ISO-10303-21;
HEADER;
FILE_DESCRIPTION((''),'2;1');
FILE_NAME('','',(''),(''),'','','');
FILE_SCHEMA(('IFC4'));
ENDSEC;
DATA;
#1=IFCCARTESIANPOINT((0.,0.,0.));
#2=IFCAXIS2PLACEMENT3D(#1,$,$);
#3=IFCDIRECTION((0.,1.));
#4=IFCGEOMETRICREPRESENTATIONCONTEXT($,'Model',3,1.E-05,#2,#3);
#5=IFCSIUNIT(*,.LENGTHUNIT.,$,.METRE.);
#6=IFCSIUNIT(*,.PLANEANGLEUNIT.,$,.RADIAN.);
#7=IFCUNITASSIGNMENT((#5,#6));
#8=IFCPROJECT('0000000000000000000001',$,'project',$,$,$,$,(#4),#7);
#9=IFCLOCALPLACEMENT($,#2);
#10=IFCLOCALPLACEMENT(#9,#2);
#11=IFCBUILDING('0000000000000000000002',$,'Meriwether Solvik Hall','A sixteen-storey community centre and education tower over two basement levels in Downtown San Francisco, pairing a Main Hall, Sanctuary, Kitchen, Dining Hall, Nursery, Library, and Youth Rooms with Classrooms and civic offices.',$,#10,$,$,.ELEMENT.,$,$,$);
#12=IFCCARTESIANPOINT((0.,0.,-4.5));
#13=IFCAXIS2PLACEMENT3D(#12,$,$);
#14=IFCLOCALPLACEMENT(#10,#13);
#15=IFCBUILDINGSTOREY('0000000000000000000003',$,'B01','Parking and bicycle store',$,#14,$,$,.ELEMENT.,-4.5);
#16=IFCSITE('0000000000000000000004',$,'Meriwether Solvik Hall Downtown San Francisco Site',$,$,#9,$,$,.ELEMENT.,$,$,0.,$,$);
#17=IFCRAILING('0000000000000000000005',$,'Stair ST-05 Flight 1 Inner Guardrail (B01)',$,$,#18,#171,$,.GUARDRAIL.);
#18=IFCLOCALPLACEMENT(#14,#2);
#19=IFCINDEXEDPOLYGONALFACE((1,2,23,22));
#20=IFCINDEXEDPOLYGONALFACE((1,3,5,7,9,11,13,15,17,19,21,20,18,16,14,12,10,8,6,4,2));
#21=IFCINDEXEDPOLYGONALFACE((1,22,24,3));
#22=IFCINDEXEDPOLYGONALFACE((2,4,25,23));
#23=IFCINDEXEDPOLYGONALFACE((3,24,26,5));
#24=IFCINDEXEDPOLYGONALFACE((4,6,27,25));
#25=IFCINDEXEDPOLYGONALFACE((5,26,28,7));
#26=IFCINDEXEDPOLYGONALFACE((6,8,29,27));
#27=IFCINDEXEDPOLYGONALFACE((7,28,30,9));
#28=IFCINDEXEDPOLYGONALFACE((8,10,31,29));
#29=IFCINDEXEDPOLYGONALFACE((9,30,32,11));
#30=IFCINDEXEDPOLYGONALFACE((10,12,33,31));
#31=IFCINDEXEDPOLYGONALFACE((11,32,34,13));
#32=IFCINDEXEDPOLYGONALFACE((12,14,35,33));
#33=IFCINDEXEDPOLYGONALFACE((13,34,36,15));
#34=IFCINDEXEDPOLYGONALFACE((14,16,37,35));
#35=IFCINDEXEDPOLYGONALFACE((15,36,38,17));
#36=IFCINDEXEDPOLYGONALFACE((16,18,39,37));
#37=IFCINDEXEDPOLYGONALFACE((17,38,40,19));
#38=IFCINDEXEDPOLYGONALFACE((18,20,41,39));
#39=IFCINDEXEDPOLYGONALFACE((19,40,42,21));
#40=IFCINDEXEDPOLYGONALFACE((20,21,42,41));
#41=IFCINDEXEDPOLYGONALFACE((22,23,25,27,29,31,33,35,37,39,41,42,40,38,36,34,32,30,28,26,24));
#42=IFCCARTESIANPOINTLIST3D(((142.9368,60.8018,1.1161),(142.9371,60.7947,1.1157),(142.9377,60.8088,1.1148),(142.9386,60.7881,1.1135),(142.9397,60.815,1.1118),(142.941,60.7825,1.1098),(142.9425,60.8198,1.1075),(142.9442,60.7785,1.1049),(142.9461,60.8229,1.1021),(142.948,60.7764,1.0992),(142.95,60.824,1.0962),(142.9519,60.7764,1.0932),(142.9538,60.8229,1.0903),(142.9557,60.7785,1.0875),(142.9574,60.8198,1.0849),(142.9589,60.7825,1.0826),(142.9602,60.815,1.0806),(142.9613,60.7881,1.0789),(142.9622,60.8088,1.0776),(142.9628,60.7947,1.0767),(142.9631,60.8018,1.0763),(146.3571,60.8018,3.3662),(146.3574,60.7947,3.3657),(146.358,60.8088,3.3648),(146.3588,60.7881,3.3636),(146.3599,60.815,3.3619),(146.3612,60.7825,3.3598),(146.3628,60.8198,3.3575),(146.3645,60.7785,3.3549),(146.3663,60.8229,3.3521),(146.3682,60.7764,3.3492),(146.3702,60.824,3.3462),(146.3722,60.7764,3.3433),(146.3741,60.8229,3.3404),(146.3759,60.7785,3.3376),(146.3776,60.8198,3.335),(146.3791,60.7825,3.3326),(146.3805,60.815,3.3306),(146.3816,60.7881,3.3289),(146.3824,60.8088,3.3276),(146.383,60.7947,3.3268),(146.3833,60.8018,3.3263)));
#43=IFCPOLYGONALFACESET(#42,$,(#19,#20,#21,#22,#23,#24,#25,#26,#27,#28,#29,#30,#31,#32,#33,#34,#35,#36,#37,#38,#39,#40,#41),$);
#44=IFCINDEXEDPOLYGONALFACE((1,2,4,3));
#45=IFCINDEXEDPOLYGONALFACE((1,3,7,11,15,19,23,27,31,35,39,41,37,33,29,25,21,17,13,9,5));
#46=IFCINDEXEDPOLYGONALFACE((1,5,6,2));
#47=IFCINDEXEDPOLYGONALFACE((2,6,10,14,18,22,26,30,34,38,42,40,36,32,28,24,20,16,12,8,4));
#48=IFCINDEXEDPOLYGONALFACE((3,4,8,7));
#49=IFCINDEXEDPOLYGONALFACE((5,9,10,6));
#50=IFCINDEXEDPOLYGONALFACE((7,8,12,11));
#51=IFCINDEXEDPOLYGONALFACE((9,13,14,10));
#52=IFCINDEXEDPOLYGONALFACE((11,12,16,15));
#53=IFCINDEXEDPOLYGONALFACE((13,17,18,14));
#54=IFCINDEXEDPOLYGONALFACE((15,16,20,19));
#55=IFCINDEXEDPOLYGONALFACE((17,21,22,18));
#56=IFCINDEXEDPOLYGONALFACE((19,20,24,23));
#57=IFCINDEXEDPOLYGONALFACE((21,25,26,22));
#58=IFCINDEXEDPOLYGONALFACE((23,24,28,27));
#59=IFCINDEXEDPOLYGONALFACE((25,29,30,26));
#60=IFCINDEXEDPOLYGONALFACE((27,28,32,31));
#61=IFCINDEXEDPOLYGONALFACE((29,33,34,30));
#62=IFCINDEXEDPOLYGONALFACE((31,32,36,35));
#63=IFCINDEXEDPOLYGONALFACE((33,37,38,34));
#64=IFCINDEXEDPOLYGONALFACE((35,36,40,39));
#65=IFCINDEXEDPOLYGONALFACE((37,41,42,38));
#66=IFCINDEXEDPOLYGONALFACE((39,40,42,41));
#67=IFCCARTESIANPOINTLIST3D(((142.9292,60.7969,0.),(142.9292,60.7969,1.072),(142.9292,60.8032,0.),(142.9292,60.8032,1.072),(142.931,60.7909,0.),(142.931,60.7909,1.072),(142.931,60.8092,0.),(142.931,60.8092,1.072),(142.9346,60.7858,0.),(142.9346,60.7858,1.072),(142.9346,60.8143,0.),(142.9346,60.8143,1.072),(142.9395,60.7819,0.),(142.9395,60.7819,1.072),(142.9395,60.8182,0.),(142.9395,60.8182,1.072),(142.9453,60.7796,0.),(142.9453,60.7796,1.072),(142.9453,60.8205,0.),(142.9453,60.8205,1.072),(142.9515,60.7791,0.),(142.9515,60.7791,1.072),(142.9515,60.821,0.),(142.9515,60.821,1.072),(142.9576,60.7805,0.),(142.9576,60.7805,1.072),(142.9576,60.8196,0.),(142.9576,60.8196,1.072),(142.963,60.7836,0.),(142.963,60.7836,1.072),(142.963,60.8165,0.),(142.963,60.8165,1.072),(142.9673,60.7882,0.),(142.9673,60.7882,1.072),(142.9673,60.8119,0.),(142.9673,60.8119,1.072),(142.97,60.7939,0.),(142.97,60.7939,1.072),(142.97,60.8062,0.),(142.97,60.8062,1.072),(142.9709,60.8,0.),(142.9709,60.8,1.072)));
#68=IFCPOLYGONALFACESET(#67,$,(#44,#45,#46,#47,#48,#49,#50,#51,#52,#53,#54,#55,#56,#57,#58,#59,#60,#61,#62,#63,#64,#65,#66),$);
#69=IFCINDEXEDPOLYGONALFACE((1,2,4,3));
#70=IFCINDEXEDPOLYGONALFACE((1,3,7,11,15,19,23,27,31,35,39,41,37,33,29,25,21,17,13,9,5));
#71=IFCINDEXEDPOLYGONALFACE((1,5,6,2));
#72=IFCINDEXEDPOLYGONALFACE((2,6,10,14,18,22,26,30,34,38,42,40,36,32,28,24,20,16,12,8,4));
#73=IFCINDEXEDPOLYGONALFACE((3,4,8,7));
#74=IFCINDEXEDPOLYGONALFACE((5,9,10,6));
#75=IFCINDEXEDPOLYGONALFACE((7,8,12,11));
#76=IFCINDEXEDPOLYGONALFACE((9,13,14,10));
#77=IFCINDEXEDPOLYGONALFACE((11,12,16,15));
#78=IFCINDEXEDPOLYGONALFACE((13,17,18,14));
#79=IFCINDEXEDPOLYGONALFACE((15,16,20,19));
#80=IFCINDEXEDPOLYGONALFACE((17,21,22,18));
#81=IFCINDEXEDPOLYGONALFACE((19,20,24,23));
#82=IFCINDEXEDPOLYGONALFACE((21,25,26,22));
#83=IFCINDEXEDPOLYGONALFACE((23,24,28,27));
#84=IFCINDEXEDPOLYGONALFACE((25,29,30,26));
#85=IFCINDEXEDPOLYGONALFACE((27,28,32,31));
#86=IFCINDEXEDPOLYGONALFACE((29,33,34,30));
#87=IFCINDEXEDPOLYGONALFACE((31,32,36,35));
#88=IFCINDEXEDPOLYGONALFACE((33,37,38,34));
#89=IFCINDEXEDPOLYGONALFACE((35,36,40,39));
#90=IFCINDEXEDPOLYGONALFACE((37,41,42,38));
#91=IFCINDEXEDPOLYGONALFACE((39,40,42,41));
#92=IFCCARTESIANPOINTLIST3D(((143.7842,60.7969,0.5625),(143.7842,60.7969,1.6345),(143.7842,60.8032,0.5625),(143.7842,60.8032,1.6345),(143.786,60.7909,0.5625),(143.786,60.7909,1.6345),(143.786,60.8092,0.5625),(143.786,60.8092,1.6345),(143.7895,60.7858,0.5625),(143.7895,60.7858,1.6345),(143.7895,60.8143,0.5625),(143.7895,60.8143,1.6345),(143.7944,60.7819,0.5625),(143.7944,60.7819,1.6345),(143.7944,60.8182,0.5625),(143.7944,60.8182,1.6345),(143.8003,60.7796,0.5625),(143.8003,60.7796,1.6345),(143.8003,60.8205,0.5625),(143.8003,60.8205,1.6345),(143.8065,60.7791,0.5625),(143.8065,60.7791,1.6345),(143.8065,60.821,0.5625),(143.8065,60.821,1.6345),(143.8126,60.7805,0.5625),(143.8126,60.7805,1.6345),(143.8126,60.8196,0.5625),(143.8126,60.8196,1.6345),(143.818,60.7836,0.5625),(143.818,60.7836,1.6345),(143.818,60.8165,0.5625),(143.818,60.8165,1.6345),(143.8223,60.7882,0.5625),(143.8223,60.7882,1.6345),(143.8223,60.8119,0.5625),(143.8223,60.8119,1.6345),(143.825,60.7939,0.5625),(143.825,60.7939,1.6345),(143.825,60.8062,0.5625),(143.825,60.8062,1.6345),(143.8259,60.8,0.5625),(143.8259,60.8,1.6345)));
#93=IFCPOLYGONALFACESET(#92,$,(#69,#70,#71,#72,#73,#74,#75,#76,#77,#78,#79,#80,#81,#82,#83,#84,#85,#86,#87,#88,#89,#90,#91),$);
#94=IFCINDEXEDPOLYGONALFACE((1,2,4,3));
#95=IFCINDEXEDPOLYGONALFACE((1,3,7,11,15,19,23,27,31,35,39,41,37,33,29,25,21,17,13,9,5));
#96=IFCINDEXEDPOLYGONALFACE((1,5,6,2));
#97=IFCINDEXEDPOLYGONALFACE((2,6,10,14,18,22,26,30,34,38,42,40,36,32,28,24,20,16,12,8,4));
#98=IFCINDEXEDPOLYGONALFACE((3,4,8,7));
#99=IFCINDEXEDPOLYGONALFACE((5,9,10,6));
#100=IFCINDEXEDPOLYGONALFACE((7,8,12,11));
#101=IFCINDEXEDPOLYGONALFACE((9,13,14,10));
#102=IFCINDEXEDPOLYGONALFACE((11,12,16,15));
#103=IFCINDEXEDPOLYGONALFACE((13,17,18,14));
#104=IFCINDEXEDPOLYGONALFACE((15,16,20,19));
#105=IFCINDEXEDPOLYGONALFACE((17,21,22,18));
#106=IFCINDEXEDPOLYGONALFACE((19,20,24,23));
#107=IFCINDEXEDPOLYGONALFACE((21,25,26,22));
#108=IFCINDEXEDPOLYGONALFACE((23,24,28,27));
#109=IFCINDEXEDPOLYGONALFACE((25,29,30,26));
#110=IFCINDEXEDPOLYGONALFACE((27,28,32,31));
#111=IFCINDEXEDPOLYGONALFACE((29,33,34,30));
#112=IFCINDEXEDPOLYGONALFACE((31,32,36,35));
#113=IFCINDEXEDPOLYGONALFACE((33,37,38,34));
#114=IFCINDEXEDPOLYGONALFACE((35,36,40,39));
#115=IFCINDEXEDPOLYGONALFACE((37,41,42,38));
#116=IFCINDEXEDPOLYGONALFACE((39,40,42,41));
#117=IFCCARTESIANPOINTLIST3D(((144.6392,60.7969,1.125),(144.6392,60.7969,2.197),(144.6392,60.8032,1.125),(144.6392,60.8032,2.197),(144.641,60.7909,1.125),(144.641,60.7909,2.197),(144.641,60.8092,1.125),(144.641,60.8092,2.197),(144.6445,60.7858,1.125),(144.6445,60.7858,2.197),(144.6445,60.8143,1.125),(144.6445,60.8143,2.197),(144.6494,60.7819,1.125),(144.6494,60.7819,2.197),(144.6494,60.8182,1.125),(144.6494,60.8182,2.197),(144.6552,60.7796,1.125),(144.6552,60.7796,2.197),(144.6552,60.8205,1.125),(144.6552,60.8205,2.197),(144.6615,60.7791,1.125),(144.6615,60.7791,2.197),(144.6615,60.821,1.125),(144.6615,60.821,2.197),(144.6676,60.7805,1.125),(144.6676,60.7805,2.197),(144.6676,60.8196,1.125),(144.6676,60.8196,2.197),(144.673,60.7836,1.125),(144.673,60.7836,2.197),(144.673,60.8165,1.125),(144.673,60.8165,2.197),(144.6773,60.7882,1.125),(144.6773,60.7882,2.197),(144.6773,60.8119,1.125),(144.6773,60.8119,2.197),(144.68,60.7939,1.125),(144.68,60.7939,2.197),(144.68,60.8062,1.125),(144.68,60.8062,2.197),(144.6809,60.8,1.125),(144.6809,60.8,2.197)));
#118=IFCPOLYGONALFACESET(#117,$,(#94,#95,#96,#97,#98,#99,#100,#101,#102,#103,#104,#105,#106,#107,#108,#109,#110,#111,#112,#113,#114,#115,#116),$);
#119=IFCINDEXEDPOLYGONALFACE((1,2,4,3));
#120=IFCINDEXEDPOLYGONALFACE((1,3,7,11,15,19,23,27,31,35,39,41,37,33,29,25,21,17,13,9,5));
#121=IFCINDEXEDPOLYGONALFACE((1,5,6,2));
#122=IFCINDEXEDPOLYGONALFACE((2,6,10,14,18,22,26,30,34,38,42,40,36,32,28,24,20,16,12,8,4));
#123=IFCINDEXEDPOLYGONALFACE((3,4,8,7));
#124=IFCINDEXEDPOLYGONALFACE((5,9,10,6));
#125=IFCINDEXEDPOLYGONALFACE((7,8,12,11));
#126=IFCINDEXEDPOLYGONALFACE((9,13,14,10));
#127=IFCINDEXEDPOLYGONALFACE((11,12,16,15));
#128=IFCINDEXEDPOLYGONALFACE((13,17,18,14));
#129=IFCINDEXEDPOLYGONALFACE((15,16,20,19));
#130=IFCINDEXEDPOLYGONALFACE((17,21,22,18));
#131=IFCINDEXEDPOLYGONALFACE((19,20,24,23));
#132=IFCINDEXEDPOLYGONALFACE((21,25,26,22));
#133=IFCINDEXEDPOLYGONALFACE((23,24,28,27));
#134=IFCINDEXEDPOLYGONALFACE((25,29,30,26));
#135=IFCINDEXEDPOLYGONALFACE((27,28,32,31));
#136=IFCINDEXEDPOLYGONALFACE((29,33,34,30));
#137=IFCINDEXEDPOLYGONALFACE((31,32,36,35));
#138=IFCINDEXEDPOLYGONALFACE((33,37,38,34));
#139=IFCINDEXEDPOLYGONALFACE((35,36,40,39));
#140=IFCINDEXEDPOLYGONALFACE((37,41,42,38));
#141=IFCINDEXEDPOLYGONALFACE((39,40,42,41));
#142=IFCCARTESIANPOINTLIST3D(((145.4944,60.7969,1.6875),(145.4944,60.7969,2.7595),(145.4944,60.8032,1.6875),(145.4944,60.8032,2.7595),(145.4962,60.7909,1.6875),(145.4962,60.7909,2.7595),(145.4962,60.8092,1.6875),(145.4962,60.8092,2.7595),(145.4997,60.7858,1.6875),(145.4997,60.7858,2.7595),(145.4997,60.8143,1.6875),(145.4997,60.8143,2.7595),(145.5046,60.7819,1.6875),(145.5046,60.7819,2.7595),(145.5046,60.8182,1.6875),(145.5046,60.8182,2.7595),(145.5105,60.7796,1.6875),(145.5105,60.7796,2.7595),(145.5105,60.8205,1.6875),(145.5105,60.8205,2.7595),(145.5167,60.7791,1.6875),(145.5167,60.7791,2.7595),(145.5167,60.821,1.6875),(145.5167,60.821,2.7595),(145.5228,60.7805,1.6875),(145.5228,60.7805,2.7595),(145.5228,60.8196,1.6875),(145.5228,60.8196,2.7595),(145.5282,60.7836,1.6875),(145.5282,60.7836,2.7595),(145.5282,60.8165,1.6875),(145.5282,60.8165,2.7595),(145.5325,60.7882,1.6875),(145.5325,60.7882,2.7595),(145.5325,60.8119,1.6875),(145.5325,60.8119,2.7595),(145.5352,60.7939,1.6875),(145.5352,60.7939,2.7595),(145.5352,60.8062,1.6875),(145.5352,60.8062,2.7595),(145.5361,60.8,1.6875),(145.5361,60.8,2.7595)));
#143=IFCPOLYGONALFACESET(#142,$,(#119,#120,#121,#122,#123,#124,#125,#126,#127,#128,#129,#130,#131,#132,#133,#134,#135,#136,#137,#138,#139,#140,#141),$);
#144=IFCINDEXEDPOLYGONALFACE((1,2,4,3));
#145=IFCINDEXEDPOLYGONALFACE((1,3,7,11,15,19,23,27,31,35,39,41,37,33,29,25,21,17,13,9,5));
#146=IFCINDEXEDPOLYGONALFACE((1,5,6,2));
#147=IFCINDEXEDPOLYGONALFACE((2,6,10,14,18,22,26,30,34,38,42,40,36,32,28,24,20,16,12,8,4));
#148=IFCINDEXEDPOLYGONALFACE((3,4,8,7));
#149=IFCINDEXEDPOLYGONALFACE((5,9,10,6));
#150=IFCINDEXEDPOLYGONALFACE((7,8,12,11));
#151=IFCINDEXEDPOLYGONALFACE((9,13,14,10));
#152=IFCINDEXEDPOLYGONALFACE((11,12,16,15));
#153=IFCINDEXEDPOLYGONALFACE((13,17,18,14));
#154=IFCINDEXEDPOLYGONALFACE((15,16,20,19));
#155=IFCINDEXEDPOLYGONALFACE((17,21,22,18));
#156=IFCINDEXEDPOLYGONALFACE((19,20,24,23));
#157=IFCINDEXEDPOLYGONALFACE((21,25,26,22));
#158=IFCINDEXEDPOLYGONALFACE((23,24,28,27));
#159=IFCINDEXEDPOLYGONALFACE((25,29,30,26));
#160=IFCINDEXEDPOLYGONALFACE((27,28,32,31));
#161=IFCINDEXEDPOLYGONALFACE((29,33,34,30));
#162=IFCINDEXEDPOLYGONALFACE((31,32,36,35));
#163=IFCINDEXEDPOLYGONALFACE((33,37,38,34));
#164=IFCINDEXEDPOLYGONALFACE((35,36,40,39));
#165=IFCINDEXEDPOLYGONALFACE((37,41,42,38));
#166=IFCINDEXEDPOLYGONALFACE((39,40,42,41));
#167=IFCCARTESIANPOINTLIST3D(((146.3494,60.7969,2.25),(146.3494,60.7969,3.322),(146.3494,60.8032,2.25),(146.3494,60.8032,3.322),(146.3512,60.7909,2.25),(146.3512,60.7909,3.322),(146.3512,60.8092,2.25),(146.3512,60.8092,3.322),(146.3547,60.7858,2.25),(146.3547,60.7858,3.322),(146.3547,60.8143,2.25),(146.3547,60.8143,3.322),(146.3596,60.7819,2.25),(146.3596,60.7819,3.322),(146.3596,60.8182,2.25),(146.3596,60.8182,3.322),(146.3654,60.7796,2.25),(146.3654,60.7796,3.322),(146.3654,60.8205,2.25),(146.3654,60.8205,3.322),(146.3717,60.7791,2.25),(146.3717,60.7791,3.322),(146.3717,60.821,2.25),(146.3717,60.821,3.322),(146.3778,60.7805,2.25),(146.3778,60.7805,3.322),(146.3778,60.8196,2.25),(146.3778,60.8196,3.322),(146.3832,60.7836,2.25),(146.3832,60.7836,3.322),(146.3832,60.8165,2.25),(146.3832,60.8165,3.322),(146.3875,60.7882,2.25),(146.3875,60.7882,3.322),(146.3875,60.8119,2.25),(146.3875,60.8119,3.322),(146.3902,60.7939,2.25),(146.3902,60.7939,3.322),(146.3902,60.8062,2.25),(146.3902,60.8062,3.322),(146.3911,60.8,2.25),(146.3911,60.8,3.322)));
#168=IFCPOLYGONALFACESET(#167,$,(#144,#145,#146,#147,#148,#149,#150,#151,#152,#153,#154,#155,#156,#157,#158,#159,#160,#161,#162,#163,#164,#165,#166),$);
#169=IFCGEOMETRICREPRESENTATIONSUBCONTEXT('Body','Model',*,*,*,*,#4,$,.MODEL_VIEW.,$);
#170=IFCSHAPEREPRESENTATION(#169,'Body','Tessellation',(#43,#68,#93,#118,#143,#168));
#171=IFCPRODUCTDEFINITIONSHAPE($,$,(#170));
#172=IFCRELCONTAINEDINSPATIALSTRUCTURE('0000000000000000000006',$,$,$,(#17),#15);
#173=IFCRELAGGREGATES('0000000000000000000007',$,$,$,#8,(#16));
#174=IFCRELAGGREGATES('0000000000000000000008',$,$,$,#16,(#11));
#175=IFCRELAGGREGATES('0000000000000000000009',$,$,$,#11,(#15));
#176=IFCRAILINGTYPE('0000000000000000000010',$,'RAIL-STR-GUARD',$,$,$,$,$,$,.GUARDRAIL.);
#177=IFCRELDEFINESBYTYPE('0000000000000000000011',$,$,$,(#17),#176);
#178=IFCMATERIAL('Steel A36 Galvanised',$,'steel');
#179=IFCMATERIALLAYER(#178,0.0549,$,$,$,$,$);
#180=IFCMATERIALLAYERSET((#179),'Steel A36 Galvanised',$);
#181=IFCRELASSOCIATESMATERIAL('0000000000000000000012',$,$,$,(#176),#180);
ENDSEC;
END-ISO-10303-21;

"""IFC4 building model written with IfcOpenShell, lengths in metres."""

from ifc_helpers import new_model, si_unit, direction, frame, origin, origin_2d, place, context, subcontext, project, spatial, circle, extrude, material, layer, layer_set, type_object, element, save


model = new_model("IFC4")

# Units and contexts
model_context = context("Model", 3, precision=1e-05, world=origin(), true_north=direction((0.0, 1.0)))
body_context = subcontext(model_context, "Body", "Model", "MODEL_VIEW")
ifc_project = project(units=[si_unit("LENGTHUNIT", "METRE"), si_unit("PLANEANGLEUNIT", "RADIAN")], contexts=[model_context])

# Site, building, storey
site_placement = place(None, origin())
site = spatial("IfcSite", under=ifc_project, at=site_placement, Name="Meriwether Solvik Hall Downtown San Francisco Site", CompositionType="ELEMENT", RefElevation=0.0)
building_placement = place(site_placement, origin())
building = spatial("IfcBuilding", under=site, at=building_placement, Name="Meriwether Solvik Hall", Description="A sixteen-storey community centre and education tower over two basement levels in Downtown San Francisco, pairing a Main Hall, Sanctuary, Kitchen, Dining Hall, Nursery, Library, and Youth Rooms with Classrooms and civic offices.", CompositionType="ELEMENT")
storey_placement = place(building_placement, frame((0.0, 0.0, -4.5)))
storey = spatial("IfcBuildingStorey", under=building, at=storey_placement, Name="B01", Description="Parking and bicycle store", CompositionType="ELEMENT", Elevation=-4.5)

# Railing
ifc_material_1 = material(Name="Steel A36 Galvanised", Category="steel")
ifc_layer_1 = layer(ifc_material_1, 0.0549)
ifc_layer_set_1 = layer_set([ifc_layer_1], Name="Steel A36 Galvanised")
railing_type = type_object("IfcRailingType", Name="RAIL-STR-GUARD", PredefinedType="GUARDRAIL", material=ifc_layer_set_1)
railing_1_placement = place(storey_placement, frame((142.95, 60.8, 0.0)))
element("IfcRailing", 1, at=railing_1_placement, inside=storey, type_object=railing_type, Name="Stair ST-05 Flight 1 Inner Guardrail (B01)", PredefinedType="GUARDRAIL", context=body_context, shape_type="SweptSolid", body=[
    extrude(circle(Radius=0.0239, at=origin_2d()), frame((0.0, 0.0, 1.0962), z_axis=(0.835429, 0.0, 0.549598), x_axis=(0.0, 1.0, 0.0)), (0.0, 0.0, 1.0), 4.094),
    extrude(circle(Radius=0.021, at=origin_2d()), origin(), (0.0, 0.0, 1.0), 1.072),
    extrude(circle(Radius=0.021, at=origin_2d()), frame((0.855, 0.0, 0.5625)), (0.0, 0.0, 1.0), 1.072),
    extrude(circle(Radius=0.021, at=origin_2d()), frame((1.71, 0.0, 1.125)), (0.0, 0.0, 1.0), 1.072),
    extrude(circle(Radius=0.021, at=origin_2d()), frame((2.5652, 0.0, 1.6875)), (0.0, 0.0, 1.0), 1.072),
    extrude(circle(Radius=0.021, at=origin_2d()), frame((3.4202, 0.0, 2.25)), (0.0, 0.0, 1.0), 1.072),
])

save(model, "model.ifc")
